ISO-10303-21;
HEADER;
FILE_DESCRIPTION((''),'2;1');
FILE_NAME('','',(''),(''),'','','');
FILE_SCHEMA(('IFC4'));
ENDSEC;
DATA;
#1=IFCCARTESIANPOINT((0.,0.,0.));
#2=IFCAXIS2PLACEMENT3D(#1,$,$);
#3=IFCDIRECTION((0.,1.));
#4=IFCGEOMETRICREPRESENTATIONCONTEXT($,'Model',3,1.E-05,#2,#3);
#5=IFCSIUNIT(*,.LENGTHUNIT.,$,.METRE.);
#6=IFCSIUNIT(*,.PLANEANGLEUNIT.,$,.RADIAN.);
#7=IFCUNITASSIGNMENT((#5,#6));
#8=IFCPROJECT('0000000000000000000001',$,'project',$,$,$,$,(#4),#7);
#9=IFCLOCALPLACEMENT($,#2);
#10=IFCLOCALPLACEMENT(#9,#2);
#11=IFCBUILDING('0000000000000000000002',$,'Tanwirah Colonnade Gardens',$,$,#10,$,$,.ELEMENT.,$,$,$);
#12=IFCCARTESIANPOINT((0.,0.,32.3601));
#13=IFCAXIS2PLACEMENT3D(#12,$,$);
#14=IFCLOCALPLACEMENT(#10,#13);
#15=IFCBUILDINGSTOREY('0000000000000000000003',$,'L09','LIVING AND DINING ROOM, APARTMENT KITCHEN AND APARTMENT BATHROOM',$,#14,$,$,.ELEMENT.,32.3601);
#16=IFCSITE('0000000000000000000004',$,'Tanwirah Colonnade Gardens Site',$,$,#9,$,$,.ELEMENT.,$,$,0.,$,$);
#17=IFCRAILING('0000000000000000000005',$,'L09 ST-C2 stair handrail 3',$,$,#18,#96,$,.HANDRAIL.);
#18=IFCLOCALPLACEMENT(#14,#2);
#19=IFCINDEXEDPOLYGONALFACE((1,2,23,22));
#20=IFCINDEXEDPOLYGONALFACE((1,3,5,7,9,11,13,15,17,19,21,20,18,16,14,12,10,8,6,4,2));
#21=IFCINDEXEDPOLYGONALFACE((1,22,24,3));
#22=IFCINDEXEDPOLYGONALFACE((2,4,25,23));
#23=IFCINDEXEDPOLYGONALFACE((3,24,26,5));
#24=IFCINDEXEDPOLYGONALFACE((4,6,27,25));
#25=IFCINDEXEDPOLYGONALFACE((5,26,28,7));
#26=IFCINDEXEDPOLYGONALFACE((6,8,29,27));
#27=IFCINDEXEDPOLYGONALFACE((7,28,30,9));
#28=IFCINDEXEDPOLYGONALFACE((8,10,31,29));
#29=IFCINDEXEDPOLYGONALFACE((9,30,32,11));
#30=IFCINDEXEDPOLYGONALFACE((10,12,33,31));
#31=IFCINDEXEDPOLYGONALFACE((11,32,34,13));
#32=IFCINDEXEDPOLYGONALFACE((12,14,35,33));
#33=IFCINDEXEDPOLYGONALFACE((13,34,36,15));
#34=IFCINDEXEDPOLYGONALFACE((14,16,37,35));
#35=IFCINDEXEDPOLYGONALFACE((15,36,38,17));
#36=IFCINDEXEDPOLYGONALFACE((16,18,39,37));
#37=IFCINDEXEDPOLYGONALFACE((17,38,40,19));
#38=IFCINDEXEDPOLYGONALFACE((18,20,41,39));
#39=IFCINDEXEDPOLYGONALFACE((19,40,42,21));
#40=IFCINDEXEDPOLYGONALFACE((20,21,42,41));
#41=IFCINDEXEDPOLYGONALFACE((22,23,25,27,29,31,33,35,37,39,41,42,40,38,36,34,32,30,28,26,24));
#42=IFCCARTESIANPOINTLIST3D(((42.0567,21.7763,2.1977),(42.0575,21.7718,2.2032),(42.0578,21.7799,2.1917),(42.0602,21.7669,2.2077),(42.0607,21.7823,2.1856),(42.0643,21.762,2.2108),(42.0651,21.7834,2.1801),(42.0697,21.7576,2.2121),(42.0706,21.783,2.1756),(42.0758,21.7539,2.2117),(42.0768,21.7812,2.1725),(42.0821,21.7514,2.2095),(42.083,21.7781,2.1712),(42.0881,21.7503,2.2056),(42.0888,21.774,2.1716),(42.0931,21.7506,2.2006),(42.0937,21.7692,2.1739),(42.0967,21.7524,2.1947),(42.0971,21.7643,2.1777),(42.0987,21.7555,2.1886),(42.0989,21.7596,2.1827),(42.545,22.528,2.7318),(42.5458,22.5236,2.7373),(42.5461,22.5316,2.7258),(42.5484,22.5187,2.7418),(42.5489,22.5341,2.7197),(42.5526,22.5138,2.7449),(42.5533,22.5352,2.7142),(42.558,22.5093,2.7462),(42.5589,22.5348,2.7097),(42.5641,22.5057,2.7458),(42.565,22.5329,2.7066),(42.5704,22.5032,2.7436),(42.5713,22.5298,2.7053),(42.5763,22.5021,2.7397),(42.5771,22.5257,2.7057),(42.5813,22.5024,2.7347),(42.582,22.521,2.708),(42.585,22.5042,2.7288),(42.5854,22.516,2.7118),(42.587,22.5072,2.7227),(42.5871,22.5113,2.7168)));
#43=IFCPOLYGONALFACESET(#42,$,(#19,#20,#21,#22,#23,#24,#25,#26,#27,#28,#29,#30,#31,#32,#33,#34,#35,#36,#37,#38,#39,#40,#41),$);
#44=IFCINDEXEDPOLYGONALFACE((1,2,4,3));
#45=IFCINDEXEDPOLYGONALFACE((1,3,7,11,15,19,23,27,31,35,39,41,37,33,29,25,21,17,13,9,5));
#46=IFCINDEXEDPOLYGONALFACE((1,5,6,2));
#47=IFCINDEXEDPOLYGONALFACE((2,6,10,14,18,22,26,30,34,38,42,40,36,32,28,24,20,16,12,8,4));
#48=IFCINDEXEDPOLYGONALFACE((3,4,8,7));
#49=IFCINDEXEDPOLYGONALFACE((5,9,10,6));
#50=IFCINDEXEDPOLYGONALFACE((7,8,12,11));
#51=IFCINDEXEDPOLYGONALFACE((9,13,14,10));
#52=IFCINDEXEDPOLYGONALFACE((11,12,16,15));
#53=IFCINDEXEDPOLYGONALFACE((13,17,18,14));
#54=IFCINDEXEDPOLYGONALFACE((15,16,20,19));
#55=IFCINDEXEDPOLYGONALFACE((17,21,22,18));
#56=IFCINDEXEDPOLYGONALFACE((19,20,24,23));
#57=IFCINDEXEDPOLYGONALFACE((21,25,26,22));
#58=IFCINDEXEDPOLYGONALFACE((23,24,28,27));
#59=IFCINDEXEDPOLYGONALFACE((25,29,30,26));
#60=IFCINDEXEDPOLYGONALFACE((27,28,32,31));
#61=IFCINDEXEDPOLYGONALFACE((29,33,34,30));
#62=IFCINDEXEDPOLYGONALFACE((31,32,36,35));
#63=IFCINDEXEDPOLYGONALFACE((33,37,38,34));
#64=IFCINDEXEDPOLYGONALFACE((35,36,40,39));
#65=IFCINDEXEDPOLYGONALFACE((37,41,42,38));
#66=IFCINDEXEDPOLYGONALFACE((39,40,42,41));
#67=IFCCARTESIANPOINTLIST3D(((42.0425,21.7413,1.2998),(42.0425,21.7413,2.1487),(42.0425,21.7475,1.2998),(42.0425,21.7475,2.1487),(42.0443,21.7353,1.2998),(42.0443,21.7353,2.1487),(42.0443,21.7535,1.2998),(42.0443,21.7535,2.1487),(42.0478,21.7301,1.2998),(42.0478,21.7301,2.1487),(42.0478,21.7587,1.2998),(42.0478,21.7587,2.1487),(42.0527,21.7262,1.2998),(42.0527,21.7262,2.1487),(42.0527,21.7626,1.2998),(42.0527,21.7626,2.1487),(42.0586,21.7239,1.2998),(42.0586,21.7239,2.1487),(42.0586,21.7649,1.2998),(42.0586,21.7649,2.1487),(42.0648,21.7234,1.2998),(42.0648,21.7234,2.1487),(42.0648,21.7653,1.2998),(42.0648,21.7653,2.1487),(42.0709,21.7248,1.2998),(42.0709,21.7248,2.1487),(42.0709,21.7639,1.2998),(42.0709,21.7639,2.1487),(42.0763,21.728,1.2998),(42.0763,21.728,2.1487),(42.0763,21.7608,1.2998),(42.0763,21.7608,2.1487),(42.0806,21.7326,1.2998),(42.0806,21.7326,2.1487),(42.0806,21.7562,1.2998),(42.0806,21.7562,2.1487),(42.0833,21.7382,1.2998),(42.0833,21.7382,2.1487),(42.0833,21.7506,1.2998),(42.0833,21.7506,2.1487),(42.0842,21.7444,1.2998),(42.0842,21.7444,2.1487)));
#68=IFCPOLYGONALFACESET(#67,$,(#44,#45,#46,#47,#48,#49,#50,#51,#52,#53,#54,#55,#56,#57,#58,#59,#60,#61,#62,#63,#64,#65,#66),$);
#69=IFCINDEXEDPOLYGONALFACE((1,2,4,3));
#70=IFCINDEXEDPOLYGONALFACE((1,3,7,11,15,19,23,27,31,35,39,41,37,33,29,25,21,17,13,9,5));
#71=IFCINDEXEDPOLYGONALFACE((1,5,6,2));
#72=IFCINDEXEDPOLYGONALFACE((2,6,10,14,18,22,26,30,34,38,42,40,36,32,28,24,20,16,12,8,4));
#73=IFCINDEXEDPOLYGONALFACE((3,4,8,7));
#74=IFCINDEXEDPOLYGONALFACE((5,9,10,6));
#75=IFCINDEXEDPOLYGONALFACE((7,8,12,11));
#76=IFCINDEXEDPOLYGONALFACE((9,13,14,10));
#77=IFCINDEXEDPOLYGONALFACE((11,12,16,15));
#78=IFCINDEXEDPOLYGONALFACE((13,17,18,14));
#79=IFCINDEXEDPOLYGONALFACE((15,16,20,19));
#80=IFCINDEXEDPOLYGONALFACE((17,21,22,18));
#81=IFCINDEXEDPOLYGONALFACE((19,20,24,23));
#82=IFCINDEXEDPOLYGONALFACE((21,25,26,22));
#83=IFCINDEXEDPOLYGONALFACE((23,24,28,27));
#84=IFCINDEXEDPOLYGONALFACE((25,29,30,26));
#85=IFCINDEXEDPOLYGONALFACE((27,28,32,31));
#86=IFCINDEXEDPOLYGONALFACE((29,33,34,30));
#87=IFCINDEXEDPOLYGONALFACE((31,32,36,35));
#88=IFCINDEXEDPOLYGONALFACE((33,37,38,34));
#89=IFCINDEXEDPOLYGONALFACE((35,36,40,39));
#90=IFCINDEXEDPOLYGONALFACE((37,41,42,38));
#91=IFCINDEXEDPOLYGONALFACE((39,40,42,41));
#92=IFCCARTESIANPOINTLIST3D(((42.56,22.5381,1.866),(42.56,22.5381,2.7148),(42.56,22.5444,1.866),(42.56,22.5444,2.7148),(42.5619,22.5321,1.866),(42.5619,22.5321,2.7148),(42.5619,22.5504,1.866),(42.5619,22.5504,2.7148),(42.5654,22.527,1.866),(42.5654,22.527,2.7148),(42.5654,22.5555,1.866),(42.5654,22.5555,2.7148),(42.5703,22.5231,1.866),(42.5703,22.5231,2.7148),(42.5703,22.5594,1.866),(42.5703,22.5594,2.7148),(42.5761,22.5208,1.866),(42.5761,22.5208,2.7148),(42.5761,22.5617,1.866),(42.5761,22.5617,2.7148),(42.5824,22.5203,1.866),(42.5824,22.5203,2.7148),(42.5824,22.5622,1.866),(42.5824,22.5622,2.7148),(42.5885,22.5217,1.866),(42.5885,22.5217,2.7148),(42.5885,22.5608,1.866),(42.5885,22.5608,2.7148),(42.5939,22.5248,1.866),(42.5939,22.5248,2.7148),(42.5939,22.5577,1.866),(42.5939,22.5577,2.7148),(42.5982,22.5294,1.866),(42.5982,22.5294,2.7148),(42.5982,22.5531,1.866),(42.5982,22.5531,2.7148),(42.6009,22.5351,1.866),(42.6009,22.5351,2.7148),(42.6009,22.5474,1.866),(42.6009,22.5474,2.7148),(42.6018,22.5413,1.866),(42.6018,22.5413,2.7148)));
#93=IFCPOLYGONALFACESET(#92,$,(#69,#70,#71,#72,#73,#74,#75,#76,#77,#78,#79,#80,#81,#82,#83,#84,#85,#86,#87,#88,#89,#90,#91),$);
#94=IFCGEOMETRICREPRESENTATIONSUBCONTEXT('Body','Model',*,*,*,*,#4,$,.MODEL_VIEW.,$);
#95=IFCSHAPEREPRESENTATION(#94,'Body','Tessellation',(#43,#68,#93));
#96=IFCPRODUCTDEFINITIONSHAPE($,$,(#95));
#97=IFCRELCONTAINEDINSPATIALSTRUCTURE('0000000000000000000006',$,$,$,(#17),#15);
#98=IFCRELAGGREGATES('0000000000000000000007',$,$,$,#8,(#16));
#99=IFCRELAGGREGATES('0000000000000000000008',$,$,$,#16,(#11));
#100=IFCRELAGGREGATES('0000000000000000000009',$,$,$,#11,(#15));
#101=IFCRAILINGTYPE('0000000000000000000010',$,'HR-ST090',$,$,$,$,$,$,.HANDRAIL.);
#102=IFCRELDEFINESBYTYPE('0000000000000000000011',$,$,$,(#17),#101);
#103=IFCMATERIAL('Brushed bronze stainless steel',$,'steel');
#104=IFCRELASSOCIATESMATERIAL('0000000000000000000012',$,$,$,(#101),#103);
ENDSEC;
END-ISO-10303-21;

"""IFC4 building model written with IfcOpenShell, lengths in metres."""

from ifc_helpers import new_model, si_unit, direction, frame, origin, origin_2d, place, context, subcontext, project, spatial, circle, extrude, material, type_object, element, save


model = new_model("IFC4")

# Units and contexts
model_context = context("Model", 3, precision=1e-05, world=origin(), true_north=direction((0.0, 1.0)))
body_context = subcontext(model_context, "Body", "Model", "MODEL_VIEW")
ifc_project = project(units=[si_unit("LENGTHUNIT", "METRE"), si_unit("PLANEANGLEUNIT", "RADIAN")], contexts=[model_context])

# Site, building, storey
site_placement = place(None, origin())
site = spatial("IfcSite", under=ifc_project, at=site_placement, Name="Tanwirah Colonnade Gardens Site", CompositionType="ELEMENT", RefElevation=0.0)
building_placement = place(site_placement, origin())
building = spatial("IfcBuilding", under=site, at=building_placement, Name="Tanwirah Colonnade Gardens", CompositionType="ELEMENT")
storey_placement = place(building_placement, frame((0.0, 0.0, 32.3601)))
storey = spatial("IfcBuildingStorey", under=building, at=storey_placement, Name="L09", Description="LIVING AND DINING ROOM, APARTMENT KITCHEN AND APARTMENT BATHROOM", CompositionType="ELEMENT", Elevation=32.3601)

# Railing
ifc_material_1 = material(Name="Brushed bronze stainless steel", Category="steel")
railing_type_1 = type_object("IfcRailingType", Name="HR-ST090", PredefinedType="HANDRAIL", material=ifc_material_1)
railing_1_placement = place(storey_placement, frame((42.0632, 21.7444, 1.2998)))
element("IfcRailing", 1, at=railing_1_placement, inside=storey, type_object=railing_type_1, Name="L09 ST-C2 stair handrail 3", PredefinedType="HANDRAIL", context=body_context, shape_type="SweptSolid", body=[
    extrude(circle(Radius=0.0239, at=origin_2d()), frame((0.0146, 0.0225, 0.8918), z_axis=(0.467935, 0.720443, 0.511859), x_axis=(-0.838631, 0.544699, 0.0)), (0.0, 0.0, 1.0), 1.0435),
    extrude(circle(Radius=0.021, at=origin_2d()), origin(), (0.0, 0.0, 1.0), 0.8489),
    extrude(circle(Radius=0.021, at=origin_2d()), frame((0.5176, 0.7969, 0.5662)), (0.0, 0.0, 1.0), 0.8489),
])

save(model, "model.ifc")
